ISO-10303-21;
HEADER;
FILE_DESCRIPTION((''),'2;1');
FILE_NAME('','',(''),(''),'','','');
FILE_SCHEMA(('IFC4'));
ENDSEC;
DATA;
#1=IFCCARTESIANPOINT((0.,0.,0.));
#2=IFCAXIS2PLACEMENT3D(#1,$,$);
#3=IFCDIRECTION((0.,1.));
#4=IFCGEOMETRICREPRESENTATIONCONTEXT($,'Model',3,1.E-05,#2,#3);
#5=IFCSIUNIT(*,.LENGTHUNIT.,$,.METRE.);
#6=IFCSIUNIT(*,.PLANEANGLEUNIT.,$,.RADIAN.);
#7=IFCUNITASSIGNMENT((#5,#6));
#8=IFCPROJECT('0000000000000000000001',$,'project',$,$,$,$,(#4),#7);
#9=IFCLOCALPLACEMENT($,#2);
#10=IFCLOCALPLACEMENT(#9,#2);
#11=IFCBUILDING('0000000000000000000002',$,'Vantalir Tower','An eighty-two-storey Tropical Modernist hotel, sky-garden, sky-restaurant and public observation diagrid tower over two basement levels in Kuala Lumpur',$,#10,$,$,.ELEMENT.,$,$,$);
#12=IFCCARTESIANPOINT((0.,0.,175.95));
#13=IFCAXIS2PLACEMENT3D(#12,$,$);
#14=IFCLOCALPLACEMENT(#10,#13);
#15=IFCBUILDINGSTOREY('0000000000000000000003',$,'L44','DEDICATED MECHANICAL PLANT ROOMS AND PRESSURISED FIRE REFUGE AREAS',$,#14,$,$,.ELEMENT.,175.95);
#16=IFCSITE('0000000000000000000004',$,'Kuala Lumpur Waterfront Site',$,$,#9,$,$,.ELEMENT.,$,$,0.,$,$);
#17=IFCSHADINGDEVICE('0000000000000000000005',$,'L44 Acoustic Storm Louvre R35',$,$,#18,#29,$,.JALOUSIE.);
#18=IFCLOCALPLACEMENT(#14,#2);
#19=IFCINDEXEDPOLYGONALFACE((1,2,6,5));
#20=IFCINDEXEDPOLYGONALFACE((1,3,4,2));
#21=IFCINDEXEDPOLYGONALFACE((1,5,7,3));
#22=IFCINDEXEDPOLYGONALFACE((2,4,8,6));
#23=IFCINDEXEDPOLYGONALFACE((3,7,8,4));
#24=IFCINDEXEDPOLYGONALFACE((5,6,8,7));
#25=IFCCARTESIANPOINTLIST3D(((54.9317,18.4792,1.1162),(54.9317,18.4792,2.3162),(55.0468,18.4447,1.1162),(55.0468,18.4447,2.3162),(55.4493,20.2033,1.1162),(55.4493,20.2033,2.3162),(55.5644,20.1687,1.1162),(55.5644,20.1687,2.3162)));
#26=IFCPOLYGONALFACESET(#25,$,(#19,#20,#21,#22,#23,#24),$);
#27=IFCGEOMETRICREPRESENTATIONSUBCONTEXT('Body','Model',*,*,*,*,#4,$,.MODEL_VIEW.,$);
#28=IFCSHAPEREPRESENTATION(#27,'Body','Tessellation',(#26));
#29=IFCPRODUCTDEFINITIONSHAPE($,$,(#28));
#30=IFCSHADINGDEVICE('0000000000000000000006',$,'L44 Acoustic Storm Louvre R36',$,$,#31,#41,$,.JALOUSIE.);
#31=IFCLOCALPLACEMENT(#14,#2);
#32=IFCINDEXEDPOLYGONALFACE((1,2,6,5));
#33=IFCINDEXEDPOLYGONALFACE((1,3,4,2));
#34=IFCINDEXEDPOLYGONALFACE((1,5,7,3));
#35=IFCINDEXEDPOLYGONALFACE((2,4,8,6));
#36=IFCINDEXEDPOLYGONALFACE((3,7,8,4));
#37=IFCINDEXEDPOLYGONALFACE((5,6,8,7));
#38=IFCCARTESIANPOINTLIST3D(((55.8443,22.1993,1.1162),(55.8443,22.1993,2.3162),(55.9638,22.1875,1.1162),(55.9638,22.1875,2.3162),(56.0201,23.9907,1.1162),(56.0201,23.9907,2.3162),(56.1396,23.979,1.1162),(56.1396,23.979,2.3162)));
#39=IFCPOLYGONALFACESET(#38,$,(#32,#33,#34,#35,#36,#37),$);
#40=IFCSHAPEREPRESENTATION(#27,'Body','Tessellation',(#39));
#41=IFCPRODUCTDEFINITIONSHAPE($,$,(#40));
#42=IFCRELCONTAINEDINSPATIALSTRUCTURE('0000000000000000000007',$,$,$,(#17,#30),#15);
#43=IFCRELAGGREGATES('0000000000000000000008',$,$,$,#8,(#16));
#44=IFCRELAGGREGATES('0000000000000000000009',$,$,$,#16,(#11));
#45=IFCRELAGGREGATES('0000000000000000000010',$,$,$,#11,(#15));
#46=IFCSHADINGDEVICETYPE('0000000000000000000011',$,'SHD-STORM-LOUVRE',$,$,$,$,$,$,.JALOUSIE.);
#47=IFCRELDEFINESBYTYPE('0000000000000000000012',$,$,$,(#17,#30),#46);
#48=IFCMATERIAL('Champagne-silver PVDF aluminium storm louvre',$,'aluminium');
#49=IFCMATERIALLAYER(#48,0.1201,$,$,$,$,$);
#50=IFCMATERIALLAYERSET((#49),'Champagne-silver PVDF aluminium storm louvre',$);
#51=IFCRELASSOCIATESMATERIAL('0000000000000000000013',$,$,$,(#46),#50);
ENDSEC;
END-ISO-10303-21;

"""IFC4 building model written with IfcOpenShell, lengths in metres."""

from ifc_helpers import new_model, si_unit, direction, frame, origin, origin_2d, place, context, subcontext, project, spatial, rectangle, extrude, material, layer, layer_set, type_object, element, save


model = new_model("IFC4")

# Units and contexts
model_context = context("Model", 3, precision=1e-05, world=origin(), true_north=direction((0.0, 1.0)))
body_context = subcontext(model_context, "Body", "Model", "MODEL_VIEW")
ifc_project = project(units=[si_unit("LENGTHUNIT", "METRE"), si_unit("PLANEANGLEUNIT", "RADIAN")], contexts=[model_context])

# Site, building, storey
site_placement = place(None, origin())
site = spatial("IfcSite", under=ifc_project, at=site_placement, Name="Kuala Lumpur Waterfront Site", CompositionType="ELEMENT", RefElevation=0.0)
building_placement = place(site_placement, origin())
building = spatial("IfcBuilding", under=site, at=building_placement, Name="Vantalir Tower", Description="An eighty-two-storey Tropical Modernist hotel, sky-garden, sky-restaurant and public observation diagrid tower over two basement levels in Kuala Lumpur", CompositionType="ELEMENT")
storey_placement = place(building_placement, frame((0.0, 0.0, 175.95)))
storey = spatial("IfcBuildingStorey", under=building, at=storey_placement, Name="L44", Description="DEDICATED MECHANICAL PLANT ROOMS AND PRESSURISED FIRE REFUGE AREAS", CompositionType="ELEMENT", Elevation=175.95)

# Shading devices
ifc_material_1 = material(Name="Champagne-silver PVDF aluminium storm louvre", Category="aluminium")
ifc_layer_1 = layer(ifc_material_1, 0.1201)
ifc_layer_set_1 = layer_set([ifc_layer_1], Name="Champagne-silver PVDF aluminium storm louvre")
shading_device_type = type_object("IfcShadingDeviceType", Name="SHD-STORM-LOUVRE", PredefinedType="JALOUSIE", material=ifc_layer_set_1)
for number, where, z_axis, x_axis, name in (
    (1, (55.248, 19.324, 1.1162), (0.0, 0.0, 1.0), (0.287561, 0.957762, 0.0), "L44 Acoustic Storm Louvre R35"),
    (2, (55.9919, 23.0891, 1.1162), (0.0, 0.0, 1.0), (0.097652, 0.995221, 0.0), "L44 Acoustic Storm Louvre R36"),
):
    element("IfcShadingDevice", number, at=place(storey_placement, frame(where, z_axis=z_axis, x_axis=x_axis)), inside=storey, type_object=shading_device_type, Name=name, PredefinedType="JALOUSIE", context=body_context, shape_type="SweptSolid", body=[
        extrude(rectangle(XDim=1.8, YDim=0.1201, at=origin_2d()), origin(), (0.0, 0.0, 1.0), 1.2),
    ])

save(model, "model.ifc")
